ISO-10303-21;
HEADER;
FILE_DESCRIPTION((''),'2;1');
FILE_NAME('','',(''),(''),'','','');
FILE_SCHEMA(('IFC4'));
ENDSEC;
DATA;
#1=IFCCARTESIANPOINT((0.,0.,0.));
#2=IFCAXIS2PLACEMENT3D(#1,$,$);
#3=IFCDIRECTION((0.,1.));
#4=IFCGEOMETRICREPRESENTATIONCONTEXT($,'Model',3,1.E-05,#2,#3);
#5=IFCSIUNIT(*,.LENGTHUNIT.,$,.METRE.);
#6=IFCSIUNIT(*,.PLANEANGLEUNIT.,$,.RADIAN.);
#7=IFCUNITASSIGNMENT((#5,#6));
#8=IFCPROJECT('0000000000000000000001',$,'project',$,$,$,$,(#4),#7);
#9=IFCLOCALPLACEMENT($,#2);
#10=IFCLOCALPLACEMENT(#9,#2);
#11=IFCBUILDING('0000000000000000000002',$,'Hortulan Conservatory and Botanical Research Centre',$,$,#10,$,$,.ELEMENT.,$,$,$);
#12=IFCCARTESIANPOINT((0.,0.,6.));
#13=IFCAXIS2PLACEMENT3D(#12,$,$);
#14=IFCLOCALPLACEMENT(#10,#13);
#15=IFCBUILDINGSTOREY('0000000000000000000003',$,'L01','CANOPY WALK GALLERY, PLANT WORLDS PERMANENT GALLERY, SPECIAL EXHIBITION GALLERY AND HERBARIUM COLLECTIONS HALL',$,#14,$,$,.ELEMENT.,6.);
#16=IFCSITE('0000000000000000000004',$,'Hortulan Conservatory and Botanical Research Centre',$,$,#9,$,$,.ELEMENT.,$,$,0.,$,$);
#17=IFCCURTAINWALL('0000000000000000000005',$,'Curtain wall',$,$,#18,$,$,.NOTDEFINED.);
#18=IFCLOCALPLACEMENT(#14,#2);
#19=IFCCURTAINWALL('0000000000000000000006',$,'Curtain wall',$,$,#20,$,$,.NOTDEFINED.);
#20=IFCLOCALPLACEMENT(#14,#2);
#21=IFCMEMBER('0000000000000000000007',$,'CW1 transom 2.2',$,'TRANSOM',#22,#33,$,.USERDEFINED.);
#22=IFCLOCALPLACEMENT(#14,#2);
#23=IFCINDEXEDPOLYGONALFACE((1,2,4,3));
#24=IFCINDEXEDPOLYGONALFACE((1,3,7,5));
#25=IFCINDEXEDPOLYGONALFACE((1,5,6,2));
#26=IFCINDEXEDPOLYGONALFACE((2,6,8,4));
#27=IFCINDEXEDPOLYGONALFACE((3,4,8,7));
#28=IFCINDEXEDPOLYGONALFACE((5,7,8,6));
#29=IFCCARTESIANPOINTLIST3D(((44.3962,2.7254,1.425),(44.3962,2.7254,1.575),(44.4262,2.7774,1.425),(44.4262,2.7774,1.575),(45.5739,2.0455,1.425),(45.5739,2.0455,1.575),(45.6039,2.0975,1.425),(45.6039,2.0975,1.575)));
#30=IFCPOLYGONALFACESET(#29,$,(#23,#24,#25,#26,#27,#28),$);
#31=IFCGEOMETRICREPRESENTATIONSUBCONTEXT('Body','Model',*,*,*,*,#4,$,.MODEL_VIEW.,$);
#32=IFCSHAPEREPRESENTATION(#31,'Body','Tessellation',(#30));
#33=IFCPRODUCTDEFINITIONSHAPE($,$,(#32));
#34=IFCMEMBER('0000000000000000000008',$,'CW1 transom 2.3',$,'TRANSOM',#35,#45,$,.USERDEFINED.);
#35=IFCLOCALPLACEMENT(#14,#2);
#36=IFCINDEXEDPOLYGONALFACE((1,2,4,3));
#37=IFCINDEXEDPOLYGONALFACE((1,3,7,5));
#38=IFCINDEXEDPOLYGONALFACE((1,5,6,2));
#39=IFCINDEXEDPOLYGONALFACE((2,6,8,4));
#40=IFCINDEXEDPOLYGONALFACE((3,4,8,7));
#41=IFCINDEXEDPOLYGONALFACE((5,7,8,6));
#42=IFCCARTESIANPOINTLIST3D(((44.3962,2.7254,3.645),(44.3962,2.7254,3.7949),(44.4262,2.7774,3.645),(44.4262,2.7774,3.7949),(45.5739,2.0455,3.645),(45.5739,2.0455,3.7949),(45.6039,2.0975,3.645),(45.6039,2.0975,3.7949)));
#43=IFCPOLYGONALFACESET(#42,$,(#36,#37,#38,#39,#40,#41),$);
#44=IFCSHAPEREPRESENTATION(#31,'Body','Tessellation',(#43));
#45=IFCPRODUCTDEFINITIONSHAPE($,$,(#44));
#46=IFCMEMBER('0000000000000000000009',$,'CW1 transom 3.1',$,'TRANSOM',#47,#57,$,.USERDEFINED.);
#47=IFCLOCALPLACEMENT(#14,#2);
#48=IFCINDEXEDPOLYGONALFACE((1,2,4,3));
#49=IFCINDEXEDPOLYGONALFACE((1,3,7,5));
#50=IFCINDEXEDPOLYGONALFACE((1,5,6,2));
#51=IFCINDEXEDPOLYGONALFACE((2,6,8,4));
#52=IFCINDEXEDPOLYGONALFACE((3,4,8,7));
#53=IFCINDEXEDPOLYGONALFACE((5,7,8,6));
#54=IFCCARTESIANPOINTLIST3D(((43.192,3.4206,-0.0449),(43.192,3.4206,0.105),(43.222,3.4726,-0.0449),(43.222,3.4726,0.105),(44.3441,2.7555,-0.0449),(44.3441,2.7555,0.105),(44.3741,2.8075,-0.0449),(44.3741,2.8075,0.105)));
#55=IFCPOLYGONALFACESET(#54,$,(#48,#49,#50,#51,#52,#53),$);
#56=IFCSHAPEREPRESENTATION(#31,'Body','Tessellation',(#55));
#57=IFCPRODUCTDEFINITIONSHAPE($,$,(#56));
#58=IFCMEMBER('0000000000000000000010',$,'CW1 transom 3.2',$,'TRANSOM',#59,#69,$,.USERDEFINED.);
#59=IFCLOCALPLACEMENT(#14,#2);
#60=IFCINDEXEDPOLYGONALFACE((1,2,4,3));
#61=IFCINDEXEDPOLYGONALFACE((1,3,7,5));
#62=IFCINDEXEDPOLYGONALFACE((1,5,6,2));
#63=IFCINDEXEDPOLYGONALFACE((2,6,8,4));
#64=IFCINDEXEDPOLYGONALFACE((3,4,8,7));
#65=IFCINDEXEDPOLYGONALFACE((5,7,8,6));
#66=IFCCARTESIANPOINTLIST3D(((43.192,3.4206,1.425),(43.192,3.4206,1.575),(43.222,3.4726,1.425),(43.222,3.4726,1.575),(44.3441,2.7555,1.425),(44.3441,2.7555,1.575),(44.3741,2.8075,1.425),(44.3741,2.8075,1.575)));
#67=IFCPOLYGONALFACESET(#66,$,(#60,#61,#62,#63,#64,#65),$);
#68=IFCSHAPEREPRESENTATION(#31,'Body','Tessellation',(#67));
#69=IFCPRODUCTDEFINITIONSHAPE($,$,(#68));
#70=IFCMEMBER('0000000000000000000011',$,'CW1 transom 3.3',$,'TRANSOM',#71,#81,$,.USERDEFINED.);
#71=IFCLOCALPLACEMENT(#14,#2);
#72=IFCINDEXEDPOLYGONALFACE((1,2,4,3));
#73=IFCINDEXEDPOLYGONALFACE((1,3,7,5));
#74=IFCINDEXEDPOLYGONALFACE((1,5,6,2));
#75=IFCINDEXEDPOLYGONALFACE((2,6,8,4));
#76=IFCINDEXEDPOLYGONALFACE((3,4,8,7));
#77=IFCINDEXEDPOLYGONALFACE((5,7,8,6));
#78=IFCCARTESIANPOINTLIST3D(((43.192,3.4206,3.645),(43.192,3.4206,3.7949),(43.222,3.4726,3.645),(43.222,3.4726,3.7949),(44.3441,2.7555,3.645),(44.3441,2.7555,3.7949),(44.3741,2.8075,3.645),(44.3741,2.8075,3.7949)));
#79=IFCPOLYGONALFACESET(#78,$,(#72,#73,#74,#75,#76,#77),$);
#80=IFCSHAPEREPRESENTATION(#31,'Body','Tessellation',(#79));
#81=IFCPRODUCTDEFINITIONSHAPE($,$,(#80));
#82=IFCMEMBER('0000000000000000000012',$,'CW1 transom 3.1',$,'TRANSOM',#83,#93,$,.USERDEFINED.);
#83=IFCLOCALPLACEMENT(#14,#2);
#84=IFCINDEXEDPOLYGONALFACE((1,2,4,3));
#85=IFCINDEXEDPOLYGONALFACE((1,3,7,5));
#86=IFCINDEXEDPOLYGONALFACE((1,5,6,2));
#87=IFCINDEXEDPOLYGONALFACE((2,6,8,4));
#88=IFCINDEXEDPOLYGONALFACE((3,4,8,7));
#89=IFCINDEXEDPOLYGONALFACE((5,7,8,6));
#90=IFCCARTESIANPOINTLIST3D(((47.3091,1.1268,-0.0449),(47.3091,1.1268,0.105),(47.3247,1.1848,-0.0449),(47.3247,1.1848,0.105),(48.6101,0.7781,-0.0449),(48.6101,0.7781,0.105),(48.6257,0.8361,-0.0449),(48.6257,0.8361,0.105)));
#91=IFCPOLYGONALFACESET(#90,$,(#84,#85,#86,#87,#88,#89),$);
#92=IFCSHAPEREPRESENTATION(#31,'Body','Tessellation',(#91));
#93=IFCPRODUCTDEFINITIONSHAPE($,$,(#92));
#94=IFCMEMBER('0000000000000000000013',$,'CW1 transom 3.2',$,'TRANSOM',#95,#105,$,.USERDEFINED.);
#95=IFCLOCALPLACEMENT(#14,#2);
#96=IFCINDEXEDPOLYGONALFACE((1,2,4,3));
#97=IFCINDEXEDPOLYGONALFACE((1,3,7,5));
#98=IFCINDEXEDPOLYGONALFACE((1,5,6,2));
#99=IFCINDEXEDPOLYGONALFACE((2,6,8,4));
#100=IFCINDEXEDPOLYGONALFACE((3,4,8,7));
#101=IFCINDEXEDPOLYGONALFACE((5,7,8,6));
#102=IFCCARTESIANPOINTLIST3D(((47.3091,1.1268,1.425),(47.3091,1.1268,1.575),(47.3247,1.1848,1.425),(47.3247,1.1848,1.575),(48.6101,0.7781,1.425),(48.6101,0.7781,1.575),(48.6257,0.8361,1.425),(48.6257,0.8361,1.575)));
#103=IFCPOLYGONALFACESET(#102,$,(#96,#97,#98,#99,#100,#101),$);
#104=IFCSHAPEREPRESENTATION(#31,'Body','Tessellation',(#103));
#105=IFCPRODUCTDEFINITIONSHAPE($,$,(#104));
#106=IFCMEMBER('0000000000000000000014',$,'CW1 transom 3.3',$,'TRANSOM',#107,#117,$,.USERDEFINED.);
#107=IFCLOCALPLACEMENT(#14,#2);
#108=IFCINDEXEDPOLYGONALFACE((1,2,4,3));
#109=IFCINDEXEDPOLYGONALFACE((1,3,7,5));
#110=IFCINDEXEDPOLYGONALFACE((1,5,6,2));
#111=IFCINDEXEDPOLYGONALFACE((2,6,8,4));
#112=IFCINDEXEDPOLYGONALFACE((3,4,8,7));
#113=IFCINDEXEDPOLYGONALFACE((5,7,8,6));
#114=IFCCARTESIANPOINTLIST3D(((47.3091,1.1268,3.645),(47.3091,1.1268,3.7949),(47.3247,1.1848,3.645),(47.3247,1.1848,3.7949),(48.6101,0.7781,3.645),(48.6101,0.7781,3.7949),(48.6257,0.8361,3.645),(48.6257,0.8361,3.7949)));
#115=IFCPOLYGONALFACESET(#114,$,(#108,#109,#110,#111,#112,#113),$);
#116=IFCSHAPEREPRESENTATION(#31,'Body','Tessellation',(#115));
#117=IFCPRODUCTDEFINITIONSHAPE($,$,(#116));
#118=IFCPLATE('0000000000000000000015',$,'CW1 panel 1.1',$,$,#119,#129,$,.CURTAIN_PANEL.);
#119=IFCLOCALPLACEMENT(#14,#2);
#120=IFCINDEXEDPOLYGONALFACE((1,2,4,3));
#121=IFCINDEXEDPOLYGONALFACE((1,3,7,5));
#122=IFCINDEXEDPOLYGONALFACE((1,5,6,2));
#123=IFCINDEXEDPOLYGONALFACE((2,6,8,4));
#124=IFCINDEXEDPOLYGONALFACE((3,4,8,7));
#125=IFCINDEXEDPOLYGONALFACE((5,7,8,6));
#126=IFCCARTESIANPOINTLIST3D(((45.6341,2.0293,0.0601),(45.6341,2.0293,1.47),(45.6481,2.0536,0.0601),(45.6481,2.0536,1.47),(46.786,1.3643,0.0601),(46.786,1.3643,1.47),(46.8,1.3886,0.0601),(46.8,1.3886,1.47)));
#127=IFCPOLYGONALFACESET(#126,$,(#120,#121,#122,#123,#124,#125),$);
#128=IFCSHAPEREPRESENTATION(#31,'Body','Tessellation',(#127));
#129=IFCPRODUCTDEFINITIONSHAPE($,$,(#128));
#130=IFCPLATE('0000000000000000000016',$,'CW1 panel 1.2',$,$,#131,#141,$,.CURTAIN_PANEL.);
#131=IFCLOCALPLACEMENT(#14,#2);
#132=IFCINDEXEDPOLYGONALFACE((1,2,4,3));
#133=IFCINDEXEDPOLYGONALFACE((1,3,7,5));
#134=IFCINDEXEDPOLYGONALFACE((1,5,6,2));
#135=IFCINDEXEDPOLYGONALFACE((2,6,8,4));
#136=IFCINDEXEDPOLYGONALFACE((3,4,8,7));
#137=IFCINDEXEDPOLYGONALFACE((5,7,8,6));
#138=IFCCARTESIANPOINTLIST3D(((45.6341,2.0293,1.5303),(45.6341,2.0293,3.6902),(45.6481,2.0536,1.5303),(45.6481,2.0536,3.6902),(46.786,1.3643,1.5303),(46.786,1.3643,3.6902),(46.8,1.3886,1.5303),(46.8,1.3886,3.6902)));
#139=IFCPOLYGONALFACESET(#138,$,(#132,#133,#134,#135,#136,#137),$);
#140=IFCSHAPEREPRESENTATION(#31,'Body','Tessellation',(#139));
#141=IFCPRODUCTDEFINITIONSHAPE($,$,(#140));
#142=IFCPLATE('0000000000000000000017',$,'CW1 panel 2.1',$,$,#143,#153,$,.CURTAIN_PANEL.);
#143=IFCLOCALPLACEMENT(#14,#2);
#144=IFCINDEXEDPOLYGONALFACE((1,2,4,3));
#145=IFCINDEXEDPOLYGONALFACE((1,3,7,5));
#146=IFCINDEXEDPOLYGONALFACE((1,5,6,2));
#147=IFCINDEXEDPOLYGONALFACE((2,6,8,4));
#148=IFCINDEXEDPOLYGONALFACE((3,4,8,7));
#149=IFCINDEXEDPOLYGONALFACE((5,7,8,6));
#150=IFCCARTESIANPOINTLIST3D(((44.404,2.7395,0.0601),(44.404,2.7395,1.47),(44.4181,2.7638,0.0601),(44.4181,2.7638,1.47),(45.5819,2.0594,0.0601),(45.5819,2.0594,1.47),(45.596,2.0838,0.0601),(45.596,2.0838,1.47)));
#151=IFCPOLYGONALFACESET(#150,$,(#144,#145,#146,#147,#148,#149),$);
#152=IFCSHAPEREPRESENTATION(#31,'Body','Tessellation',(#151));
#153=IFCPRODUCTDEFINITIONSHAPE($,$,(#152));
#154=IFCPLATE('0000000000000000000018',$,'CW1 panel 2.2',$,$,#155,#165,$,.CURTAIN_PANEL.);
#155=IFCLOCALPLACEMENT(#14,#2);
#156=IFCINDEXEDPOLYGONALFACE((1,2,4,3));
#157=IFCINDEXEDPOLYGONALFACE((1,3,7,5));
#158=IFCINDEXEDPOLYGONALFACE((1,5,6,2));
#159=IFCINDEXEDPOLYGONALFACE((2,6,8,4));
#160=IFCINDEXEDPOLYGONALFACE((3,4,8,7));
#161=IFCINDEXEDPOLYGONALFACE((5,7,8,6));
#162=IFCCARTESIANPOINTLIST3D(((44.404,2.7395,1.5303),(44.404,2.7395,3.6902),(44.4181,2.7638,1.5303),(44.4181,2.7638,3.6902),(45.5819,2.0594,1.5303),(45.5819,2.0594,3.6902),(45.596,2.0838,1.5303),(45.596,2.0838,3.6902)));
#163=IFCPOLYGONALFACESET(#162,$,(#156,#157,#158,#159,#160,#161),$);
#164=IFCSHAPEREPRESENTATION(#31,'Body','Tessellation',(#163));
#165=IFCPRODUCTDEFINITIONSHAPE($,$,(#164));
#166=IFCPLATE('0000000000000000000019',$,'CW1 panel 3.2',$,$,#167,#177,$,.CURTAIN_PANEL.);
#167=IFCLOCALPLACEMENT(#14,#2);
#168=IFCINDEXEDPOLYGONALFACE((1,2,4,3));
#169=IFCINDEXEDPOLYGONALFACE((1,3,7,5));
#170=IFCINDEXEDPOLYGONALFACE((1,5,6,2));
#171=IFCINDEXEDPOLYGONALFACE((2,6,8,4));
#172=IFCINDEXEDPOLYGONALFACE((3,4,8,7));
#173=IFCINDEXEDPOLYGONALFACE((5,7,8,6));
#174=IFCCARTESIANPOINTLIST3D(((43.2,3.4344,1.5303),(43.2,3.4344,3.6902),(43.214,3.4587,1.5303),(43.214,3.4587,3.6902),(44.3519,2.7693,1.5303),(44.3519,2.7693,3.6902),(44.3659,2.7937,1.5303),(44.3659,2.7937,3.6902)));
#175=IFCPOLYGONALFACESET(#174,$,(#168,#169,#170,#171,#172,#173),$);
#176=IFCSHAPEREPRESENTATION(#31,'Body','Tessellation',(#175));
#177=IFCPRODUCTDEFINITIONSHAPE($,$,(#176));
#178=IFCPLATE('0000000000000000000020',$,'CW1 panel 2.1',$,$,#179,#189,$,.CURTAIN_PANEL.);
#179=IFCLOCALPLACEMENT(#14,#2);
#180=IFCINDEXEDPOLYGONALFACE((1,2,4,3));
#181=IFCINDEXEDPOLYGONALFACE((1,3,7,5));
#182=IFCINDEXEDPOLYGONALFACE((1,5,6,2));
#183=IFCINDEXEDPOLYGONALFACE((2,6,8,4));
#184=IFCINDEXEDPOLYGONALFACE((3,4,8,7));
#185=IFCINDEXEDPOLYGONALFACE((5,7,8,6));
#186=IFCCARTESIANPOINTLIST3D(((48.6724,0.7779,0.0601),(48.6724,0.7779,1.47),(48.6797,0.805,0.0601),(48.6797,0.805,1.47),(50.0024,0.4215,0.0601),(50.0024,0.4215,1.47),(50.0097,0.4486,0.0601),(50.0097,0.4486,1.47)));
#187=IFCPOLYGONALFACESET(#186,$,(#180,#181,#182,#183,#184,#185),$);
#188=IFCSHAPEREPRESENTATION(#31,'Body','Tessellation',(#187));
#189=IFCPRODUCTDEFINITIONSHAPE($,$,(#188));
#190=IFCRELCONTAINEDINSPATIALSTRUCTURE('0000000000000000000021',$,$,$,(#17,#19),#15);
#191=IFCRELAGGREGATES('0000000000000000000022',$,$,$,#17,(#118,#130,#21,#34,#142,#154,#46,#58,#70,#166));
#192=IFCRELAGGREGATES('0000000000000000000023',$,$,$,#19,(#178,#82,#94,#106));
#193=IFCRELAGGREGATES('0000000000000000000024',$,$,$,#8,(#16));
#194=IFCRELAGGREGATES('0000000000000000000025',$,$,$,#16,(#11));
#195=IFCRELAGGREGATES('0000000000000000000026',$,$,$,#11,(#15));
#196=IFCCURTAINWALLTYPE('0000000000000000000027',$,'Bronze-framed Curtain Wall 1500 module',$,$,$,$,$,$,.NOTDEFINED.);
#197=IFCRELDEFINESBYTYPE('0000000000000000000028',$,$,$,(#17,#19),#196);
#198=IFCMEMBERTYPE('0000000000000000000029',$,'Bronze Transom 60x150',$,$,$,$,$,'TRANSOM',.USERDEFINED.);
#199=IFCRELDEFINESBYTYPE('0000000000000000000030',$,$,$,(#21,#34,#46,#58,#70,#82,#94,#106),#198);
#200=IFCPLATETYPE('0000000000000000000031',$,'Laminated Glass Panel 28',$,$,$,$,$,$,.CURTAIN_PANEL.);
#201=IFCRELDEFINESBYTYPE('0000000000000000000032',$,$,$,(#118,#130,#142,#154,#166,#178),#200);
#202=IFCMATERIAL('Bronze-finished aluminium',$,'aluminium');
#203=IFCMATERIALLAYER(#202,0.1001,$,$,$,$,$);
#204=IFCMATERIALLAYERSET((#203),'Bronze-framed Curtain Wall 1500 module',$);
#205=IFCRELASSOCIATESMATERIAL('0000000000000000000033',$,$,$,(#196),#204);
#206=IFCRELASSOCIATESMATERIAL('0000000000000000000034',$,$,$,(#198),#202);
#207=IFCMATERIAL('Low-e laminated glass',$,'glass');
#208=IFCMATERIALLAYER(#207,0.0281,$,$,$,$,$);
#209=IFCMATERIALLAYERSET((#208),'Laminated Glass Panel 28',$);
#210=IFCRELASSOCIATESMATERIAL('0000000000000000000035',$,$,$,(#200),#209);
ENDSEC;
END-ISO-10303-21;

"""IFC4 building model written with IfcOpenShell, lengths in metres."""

from ifc_helpers import new_model, si_unit, direction, frame, origin, origin_2d, place, context, subcontext, project, spatial, rectangle, extrude, material, layer, layer_set, material_profile, profile_set, type_object, element, aggregate, save


model = new_model("IFC4")

# Units and contexts
model_context = context("Model", 3, precision=1e-05, world=origin(), true_north=direction((0.0, 1.0)))
body_context = subcontext(model_context, "Body", "Model", "MODEL_VIEW")
ifc_project = project(units=[si_unit("LENGTHUNIT", "METRE"), si_unit("PLANEANGLEUNIT", "RADIAN")], contexts=[model_context])

# Site, building, storey
site_placement = place(None, origin())
site = spatial("IfcSite", under=ifc_project, at=site_placement, Name="Hortulan Conservatory and Botanical Research Centre", CompositionType="ELEMENT", RefElevation=0.0)
building_placement = place(site_placement, origin())
building = spatial("IfcBuilding", under=site, at=building_placement, Name="Hortulan Conservatory and Botanical Research Centre", CompositionType="ELEMENT")
storey_placement = place(building_placement, frame((0.0, 0.0, 6.0)))
storey = spatial("IfcBuildingStorey", under=building, at=storey_placement, Name="L01", Description="CANOPY WALK GALLERY, PLANT WORLDS PERMANENT GALLERY, SPECIAL EXHIBITION GALLERY AND HERBARIUM COLLECTIONS HALL", CompositionType="ELEMENT", Elevation=6.0)

# Curtain walls
ifc_material_1 = material(Name="Bronze-finished aluminium", Category="aluminium")
ifc_layer_1 = layer(ifc_material_1, 0.1001)
ifc_layer_set_1 = layer_set([ifc_layer_1], Name="Bronze-framed Curtain Wall 1500 module")
curtain_wall_type = type_object("IfcCurtainWallType", Name="Bronze-framed Curtain Wall 1500 module", PredefinedType="NOTDEFINED", material=ifc_layer_set_1)
curtain_wall_1_placement = place(storey_placement, origin())
curtain_wall_1 = element("IfcCurtainWall", 1, at=curtain_wall_1_placement, inside=storey, type_object=curtain_wall_type, Name="Curtain wall", PredefinedType="NOTDEFINED")
curtain_wall_2_placement = place(storey_placement, origin())
curtain_wall_2 = element("IfcCurtainWall", 2, at=curtain_wall_2_placement, inside=storey, type_object=curtain_wall_type, Name="Curtain wall", PredefinedType="NOTDEFINED")

# Members
ifc_material_profile_1 = material_profile(ifc_material_1, rectangle(XDim=0.0601, YDim=0.1499, at=origin_2d()), Name="Bronze Transom 60x150")
ifc_profile_set_1 = profile_set([ifc_material_profile_1], Name="Bronze-finished aluminium")
member_type_1 = type_object("IfcMemberType", Name="Bronze Transom 60x150", ElementType="TRANSOM", PredefinedType="USERDEFINED", material=ifc_profile_set_1)
member_1_placement = place(storey_placement, frame((45.5889, 2.0715, 1.5), z_axis=(-0.866036, 0.499981, 0.0), x_axis=(-0.499981, -0.866036, 0.0)))
member_1 = element("IfcMember", 3, at=member_1_placement, type_object=member_type_1, Name="CW1 transom 2.2", ObjectType="TRANSOM", PredefinedType="USERDEFINED", context=body_context, shape_type="SweptSolid", body=[
    extrude(rectangle(XDim=0.0601, YDim=0.1499, at=origin_2d()), origin(), (0.0, 0.0, 1.0), 1.3599),
])
member_2_placement = place(storey_placement, frame((45.5889, 2.0715, 3.72), z_axis=(-0.866036, 0.499981, 0.0), x_axis=(-0.499981, -0.866036, 0.0)))
member_2 = element("IfcMember", 4, at=member_2_placement, type_object=member_type_1, Name="CW1 transom 2.3", ObjectType="TRANSOM", PredefinedType="USERDEFINED", context=body_context, shape_type="SweptSolid", body=[
    extrude(rectangle(XDim=0.0601, YDim=0.1499, at=origin_2d()), origin(), (0.0, 0.0, 1.0), 1.3599),
])
member_3_placement = place(storey_placement, frame((44.3591, 2.7815, 0.03), z_axis=(-0.866066, 0.499929, 0.0), x_axis=(-0.499929, -0.866066, 0.0)))
member_3 = element("IfcMember", 5, at=member_3_placement, type_object=member_type_1, Name="CW1 transom 3.1", ObjectType="TRANSOM", PredefinedType="USERDEFINED", context=body_context, shape_type="SweptSolid", body=[
    extrude(rectangle(XDim=0.0601, YDim=0.1499, at=origin_2d()), origin(), (0.0, 0.0, 1.0), 1.3303),
])
member_4_placement = place(storey_placement, frame((44.3591, 2.7815, 1.5), z_axis=(-0.866066, 0.499929, 0.0), x_axis=(-0.499929, -0.866066, 0.0)))
member_4 = element("IfcMember", 6, at=member_4_placement, type_object=member_type_1, Name="CW1 transom 3.2", ObjectType="TRANSOM", PredefinedType="USERDEFINED", context=body_context, shape_type="SweptSolid", body=[
    extrude(rectangle(XDim=0.0601, YDim=0.1499, at=origin_2d()), origin(), (0.0, 0.0, 1.0), 1.3303),
])
member_5_placement = place(storey_placement, frame((44.3591, 2.7815, 3.72), z_axis=(-0.866066, 0.499929, 0.0), x_axis=(-0.499929, -0.866066, 0.0)))
member_5 = element("IfcMember", 7, at=member_5_placement, type_object=member_type_1, Name="CW1 transom 3.3", ObjectType="TRANSOM", PredefinedType="USERDEFINED", context=body_context, shape_type="SweptSolid", body=[
    extrude(rectangle(XDim=0.0601, YDim=0.1499, at=origin_2d()), origin(), (0.0, 0.0, 1.0), 1.3303),
])
member_6_placement = place(storey_placement, frame((48.6179, 0.8071, 0.03), z_axis=(-0.965921, 0.258836, 0.0), x_axis=(-0.258836, -0.965921, 0.0)))
member_6 = element("IfcMember", 8, at=member_6_placement, type_object=member_type_1, Name="CW1 transom 3.1", ObjectType="TRANSOM", PredefinedType="USERDEFINED", context=body_context, shape_type="SweptSolid", body=[
    extrude(rectangle(XDim=0.0601, YDim=0.1499, at=origin_2d()), origin(), (0.0, 0.0, 1.0), 1.3469),
])
member_7_placement = place(storey_placement, frame((48.6179, 0.8071, 1.5), z_axis=(-0.965921, 0.258836, 0.0), x_axis=(-0.258836, -0.965921, 0.0)))
member_7 = element("IfcMember", 9, at=member_7_placement, type_object=member_type_1, Name="CW1 transom 3.2", ObjectType="TRANSOM", PredefinedType="USERDEFINED", context=body_context, shape_type="SweptSolid", body=[
    extrude(rectangle(XDim=0.0601, YDim=0.1499, at=origin_2d()), origin(), (0.0, 0.0, 1.0), 1.3469),
])
member_8_placement = place(storey_placement, frame((48.6179, 0.8071, 3.72), z_axis=(-0.965921, 0.258836, 0.0), x_axis=(-0.258836, -0.965921, 0.0)))
member_8 = element("IfcMember", 10, at=member_8_placement, type_object=member_type_1, Name="CW1 transom 3.3", ObjectType="TRANSOM", PredefinedType="USERDEFINED", context=body_context, shape_type="SweptSolid", body=[
    extrude(rectangle(XDim=0.0601, YDim=0.1499, at=origin_2d()), origin(), (0.0, 0.0, 1.0), 1.3469),
])

# Plates
ifc_material_2 = material(Name="Low-e laminated glass", Category="glass")
ifc_layer_2 = layer(ifc_material_2, 0.0281)
ifc_layer_set_2 = layer_set([ifc_layer_2], Name="Laminated Glass Panel 28")
plate_type = type_object("IfcPlateType", Name="Laminated Glass Panel 28", PredefinedType="CURTAIN_PANEL", material=ifc_layer_set_2)
plate_1_placement = place(storey_placement, frame((46.217, 1.709, 0.0601), z_axis=(0.0, 0.0, 1.0), x_axis=(-0.866036, 0.499981, 0.0)))
plate_1 = element("IfcPlate", 11, at=plate_1_placement, type_object=plate_type, Name="CW1 panel 1.1", PredefinedType="CURTAIN_PANEL", context=body_context, shape_type="SweptSolid", body=[
    extrude(rectangle(XDim=1.3301, YDim=0.0281, at=origin_2d()), origin(), (0.0, 0.0, 1.0), 1.4099),
])
plate_2_placement = place(storey_placement, frame((46.217, 1.709, 1.5303), z_axis=(0.0, 0.0, 1.0), x_axis=(-0.866036, 0.499981, 0.0)))
plate_2 = element("IfcPlate", 12, at=plate_2_placement, type_object=plate_type, Name="CW1 panel 1.2", PredefinedType="CURTAIN_PANEL", context=body_context, shape_type="SweptSolid", body=[
    extrude(rectangle(XDim=1.3301, YDim=0.0281, at=origin_2d()), origin(), (0.0, 0.0, 1.0), 2.1599),
])
plate_3_placement = place(storey_placement, frame((45.0, 2.4116, 0.0601), z_axis=(0.0, 0.0, 1.0), x_axis=(-0.866036, 0.499981, 0.0)))
plate_3 = element("IfcPlate", 13, at=plate_3_placement, type_object=plate_type, Name="CW1 panel 2.1", PredefinedType="CURTAIN_PANEL", context=body_context, shape_type="SweptSolid", body=[
    extrude(rectangle(XDim=1.3601, YDim=0.0281, at=origin_2d()), origin(), (0.0, 0.0, 1.0), 1.4099),
])
plate_4_placement = place(storey_placement, frame((45.0, 2.4116, 1.5303), z_axis=(0.0, 0.0, 1.0), x_axis=(-0.866036, 0.499981, 0.0)))
plate_4 = element("IfcPlate", 14, at=plate_4_placement, type_object=plate_type, Name="CW1 panel 2.2", PredefinedType="CURTAIN_PANEL", context=body_context, shape_type="SweptSolid", body=[
    extrude(rectangle(XDim=1.3601, YDim=0.0281, at=origin_2d()), origin(), (0.0, 0.0, 1.0), 2.1599),
])
plate_5_placement = place(storey_placement, frame((43.783, 3.114, 1.5303), z_axis=(0.0, 0.0, 1.0), x_axis=(-0.866036, 0.499981, 0.0)))
plate_5 = element("IfcPlate", 15, at=plate_5_placement, type_object=plate_type, Name="CW1 panel 3.2", PredefinedType="CURTAIN_PANEL", context=body_context, shape_type="SweptSolid", body=[
    extrude(rectangle(XDim=1.3301, YDim=0.0281, at=origin_2d()), origin(), (0.0, 0.0, 1.0), 2.1599),
])
aggregate(curtain_wall_1, [plate_1, plate_2, member_1, member_2, plate_3, plate_4, member_3, member_4, member_5, plate_5])
plate_6_placement = place(storey_placement, frame((49.3411, 0.6133, 0.0601), z_axis=(0.0, 0.0, 1.0), x_axis=(-0.965922, 0.258832, 0.0)))
plate_6 = element("IfcPlate", 16, at=plate_6_placement, type_object=plate_type, Name="CW1 panel 2.1", PredefinedType="CURTAIN_PANEL", context=body_context, shape_type="SweptSolid", body=[
    extrude(rectangle(XDim=1.377, YDim=0.0281, at=origin_2d()), origin(), (0.0, 0.0, 1.0), 1.4099),
])
aggregate(curtain_wall_2, [plate_6, member_6, member_7, member_8])

save(model, "model.ifc")
